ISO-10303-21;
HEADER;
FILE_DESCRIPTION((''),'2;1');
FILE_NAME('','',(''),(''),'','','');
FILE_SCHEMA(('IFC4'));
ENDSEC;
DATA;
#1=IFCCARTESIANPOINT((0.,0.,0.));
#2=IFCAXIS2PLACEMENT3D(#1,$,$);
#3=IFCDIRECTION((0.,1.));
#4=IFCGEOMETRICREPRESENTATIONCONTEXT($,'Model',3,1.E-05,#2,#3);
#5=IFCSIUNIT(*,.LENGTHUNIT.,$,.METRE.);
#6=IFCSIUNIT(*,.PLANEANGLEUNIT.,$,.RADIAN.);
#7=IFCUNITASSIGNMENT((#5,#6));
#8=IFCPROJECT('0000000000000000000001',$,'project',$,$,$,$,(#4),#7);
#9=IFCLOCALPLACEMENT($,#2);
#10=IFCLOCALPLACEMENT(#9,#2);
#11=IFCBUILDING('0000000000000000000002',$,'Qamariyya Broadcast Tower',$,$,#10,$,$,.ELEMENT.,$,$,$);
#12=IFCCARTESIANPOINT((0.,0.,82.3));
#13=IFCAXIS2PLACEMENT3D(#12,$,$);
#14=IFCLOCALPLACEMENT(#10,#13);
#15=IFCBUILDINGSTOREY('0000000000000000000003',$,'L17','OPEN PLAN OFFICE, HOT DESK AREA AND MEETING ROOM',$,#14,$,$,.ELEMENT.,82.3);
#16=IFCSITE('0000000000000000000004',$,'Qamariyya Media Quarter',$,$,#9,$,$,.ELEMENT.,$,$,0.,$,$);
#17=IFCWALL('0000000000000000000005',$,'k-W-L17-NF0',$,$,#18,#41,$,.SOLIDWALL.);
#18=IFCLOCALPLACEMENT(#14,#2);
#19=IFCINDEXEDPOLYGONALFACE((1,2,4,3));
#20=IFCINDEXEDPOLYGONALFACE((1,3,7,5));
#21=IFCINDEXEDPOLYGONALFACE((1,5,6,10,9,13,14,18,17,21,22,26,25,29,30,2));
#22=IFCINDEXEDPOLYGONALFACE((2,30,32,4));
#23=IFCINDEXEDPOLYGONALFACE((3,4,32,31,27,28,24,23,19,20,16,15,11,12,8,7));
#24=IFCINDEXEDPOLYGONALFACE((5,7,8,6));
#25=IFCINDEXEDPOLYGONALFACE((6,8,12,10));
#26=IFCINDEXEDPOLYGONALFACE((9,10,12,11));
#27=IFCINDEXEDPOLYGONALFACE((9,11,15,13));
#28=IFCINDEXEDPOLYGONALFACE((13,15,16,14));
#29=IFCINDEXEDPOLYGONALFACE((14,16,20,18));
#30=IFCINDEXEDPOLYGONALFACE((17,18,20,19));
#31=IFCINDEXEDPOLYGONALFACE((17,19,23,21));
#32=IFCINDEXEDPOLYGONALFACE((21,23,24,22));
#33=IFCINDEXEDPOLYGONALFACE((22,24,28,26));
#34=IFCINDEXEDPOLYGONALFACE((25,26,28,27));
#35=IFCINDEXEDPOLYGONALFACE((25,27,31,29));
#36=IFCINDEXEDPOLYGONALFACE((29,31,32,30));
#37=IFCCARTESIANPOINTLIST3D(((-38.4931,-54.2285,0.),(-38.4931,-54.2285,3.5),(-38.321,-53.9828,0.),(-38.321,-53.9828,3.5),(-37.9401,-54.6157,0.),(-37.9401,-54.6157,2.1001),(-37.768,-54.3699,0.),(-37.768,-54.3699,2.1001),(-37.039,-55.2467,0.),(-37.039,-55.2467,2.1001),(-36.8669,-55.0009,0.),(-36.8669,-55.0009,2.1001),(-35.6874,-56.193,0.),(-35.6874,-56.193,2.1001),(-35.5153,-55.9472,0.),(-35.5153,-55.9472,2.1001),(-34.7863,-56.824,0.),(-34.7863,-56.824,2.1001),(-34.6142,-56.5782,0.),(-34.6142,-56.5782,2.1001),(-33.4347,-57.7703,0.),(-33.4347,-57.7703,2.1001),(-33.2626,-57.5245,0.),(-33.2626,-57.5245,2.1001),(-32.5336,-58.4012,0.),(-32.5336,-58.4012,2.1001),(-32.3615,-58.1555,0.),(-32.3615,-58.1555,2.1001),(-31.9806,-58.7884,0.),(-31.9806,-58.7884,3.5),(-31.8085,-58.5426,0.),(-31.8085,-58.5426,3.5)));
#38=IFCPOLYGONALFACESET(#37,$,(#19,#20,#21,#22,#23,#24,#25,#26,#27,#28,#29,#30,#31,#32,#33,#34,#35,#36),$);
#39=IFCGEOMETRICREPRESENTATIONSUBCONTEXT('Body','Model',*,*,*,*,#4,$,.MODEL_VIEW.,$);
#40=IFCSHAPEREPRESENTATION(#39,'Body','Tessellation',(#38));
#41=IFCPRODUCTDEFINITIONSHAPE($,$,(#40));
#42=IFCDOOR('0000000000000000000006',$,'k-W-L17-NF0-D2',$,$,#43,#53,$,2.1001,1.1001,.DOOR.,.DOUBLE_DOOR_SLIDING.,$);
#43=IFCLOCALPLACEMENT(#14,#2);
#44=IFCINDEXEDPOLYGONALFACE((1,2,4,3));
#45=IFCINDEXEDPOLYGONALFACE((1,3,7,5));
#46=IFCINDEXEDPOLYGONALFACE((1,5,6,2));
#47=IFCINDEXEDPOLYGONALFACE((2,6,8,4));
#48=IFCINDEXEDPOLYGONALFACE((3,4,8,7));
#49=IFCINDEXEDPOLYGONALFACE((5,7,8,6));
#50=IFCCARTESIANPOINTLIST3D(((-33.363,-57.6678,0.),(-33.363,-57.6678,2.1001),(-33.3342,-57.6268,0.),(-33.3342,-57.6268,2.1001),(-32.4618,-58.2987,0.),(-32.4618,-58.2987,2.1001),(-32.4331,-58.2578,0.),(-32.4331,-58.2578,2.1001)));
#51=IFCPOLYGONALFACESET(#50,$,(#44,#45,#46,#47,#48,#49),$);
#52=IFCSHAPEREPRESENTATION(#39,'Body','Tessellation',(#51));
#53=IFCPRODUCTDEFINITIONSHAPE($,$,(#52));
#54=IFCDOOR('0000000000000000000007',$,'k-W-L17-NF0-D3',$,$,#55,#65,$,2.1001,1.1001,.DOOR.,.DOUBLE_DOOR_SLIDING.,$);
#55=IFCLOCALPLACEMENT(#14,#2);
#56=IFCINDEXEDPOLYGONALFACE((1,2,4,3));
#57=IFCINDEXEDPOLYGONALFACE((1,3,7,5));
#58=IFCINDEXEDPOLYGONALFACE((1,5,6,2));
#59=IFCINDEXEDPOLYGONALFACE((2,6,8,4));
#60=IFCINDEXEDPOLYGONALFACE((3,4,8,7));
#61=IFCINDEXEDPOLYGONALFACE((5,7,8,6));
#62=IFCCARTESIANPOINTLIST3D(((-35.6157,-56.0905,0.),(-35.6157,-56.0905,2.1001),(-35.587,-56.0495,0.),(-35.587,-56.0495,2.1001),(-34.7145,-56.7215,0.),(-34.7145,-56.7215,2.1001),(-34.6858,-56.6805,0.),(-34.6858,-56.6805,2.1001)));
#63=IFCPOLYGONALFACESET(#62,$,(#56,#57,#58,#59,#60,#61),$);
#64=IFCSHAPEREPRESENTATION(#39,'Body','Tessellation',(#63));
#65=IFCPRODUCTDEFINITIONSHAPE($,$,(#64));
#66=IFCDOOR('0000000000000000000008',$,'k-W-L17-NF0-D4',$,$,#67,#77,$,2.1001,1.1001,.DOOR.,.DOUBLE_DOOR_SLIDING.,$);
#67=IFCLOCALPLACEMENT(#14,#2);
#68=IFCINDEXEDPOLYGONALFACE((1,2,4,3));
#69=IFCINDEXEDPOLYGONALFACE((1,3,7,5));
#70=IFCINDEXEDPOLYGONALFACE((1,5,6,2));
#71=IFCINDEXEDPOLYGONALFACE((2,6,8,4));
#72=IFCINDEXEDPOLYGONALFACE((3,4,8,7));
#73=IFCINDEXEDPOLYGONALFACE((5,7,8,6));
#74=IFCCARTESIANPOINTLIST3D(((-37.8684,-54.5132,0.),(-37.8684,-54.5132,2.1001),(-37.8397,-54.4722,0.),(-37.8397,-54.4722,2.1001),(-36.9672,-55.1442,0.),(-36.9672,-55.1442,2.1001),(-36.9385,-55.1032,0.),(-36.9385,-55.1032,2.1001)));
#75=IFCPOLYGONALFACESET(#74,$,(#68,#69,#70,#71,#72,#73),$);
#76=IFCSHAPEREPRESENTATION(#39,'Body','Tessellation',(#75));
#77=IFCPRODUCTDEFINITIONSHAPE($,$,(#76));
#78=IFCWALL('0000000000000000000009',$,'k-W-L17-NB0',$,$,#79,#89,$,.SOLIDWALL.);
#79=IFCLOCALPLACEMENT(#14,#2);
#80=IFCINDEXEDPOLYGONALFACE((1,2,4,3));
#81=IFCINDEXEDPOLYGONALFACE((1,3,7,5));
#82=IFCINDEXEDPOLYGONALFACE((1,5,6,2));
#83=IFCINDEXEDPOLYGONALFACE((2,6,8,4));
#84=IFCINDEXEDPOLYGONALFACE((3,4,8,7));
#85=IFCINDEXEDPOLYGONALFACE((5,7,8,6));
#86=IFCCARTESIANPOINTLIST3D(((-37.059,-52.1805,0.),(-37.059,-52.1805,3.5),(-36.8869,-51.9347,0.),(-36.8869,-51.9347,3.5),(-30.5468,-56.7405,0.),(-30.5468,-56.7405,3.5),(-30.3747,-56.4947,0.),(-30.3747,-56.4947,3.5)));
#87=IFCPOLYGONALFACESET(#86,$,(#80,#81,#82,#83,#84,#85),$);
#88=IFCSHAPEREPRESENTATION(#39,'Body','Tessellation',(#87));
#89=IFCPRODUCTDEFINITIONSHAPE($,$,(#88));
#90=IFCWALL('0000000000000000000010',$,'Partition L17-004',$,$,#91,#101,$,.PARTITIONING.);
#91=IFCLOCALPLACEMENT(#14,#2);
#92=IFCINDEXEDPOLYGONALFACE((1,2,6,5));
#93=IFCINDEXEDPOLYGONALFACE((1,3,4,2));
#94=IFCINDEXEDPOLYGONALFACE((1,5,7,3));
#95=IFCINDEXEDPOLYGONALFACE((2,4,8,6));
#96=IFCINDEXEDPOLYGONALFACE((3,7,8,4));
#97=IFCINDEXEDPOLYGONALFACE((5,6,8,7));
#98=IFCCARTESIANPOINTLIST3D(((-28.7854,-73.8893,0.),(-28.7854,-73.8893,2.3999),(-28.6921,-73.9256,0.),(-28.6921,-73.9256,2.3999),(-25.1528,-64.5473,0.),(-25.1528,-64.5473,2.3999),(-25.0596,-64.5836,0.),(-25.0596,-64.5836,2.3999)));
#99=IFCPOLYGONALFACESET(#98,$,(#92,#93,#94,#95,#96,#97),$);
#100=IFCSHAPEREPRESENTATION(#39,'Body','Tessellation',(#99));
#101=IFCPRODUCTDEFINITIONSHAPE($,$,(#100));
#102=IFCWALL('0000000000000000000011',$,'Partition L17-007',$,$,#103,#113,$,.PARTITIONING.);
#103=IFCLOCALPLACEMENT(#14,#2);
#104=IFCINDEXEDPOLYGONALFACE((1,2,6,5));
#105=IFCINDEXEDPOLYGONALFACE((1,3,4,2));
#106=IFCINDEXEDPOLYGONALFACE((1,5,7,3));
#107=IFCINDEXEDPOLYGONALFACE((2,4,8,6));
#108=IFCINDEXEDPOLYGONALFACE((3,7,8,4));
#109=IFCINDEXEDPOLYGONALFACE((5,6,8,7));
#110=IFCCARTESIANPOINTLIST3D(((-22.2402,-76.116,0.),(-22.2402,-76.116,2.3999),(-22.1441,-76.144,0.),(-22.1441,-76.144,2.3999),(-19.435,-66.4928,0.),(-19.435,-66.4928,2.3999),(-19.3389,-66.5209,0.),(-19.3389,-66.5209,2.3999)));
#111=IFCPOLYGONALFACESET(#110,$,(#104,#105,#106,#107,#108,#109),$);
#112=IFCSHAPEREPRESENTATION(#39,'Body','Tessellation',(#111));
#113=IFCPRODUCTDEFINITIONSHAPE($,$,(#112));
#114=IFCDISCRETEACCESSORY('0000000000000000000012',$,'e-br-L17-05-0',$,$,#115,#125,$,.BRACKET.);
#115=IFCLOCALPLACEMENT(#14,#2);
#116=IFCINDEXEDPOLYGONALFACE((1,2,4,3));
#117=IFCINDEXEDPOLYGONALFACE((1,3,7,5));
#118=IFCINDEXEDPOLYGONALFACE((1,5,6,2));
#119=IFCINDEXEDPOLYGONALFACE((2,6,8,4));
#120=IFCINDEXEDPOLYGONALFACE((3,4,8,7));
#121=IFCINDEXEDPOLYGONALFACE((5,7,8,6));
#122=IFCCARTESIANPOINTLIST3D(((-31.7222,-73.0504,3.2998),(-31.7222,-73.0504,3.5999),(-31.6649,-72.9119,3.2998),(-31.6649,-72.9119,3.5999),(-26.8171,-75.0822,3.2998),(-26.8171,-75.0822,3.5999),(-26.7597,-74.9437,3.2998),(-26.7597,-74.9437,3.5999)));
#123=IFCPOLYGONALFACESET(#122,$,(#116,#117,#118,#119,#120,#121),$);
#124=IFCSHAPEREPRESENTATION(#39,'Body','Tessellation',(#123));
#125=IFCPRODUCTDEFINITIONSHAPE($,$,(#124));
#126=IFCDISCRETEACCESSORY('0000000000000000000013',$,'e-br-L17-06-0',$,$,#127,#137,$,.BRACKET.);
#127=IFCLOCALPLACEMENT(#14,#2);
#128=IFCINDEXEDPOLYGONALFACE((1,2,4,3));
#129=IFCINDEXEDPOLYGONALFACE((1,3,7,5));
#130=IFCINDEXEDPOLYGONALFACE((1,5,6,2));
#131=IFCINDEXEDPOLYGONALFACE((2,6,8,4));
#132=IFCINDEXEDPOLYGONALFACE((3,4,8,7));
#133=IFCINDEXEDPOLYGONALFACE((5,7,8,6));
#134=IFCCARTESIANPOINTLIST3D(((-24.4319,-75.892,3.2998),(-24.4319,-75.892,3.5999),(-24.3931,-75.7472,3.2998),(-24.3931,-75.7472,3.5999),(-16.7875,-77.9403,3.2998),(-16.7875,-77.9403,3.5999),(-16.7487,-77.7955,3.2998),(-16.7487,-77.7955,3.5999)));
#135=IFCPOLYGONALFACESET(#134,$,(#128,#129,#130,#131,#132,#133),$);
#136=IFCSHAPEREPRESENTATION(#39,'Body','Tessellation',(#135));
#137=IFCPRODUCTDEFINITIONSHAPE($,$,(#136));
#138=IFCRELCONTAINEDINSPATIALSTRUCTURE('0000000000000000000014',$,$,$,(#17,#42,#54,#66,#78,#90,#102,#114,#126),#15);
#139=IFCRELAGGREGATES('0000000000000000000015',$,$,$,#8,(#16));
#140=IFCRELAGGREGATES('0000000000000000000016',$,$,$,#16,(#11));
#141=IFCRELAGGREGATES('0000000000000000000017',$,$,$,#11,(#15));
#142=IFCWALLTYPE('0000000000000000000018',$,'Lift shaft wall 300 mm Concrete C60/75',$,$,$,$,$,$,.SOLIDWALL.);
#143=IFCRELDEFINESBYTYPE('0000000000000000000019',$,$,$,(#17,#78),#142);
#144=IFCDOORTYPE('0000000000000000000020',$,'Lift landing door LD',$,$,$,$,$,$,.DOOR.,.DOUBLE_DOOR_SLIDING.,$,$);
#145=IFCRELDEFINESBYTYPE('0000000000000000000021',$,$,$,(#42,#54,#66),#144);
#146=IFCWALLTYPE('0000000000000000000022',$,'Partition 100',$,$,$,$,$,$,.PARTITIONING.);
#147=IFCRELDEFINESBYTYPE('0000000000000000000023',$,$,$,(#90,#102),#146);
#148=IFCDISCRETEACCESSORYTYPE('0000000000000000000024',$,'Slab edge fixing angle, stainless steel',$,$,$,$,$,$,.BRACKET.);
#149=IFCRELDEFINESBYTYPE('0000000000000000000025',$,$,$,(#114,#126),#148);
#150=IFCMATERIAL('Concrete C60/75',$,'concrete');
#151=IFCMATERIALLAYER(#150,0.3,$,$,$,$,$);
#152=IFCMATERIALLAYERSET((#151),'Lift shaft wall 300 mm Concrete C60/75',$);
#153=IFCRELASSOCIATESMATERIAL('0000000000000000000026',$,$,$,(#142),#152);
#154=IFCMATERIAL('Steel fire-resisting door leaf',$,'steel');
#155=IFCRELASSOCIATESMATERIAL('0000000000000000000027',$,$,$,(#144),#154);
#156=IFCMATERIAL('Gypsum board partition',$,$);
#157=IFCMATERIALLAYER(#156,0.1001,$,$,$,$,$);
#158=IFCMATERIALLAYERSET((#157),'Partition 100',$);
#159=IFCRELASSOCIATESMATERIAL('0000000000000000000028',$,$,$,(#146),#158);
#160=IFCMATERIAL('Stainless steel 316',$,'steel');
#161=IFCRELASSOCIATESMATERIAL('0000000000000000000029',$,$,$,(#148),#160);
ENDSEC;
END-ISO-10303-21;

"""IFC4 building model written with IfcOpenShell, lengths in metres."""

from ifc_helpers import new_model, si_unit, direction, frame, frame_2d, origin, origin_2d, place, context, subcontext, project, spatial, rectangle, extrude, material, layer, layer_set, type_object, element, fill, save


model = new_model("IFC4")

# Units and contexts
model_context = context("Model", 3, precision=1e-05, world=origin(), true_north=direction((0.0, 1.0)))
body_context = subcontext(model_context, "Body", "Model", "MODEL_VIEW")
ifc_project = project(units=[si_unit("LENGTHUNIT", "METRE"), si_unit("PLANEANGLEUNIT", "RADIAN")], contexts=[model_context])

# Site, building, storey
site_placement = place(None, origin())
site = spatial("IfcSite", under=ifc_project, at=site_placement, Name="Qamariyya Media Quarter", CompositionType="ELEMENT", RefElevation=0.0)
building_placement = place(site_placement, origin())
building = spatial("IfcBuilding", under=site, at=building_placement, Name="Qamariyya Broadcast Tower", CompositionType="ELEMENT")
storey_placement = place(building_placement, frame((0.0, 0.0, 82.3)))
storey = spatial("IfcBuildingStorey", under=building, at=storey_placement, Name="L17", Description="OPEN PLAN OFFICE, HOT DESK AREA AND MEETING ROOM", CompositionType="ELEMENT", Elevation=82.3)

# Shared definitions
ifc_material_1 = material(Name="Gypsum board partition")

# Wall, openings, doors
ifc_material_2 = material(Name="Concrete C60/75", Category="concrete")
ifc_layer_1 = layer(ifc_material_2, 0.3)
ifc_layer_set_1 = layer_set([ifc_layer_1], Name="Lift shaft wall 300 mm Concrete C60/75")
wall_type_1 = type_object("IfcWallType", Name="Lift shaft wall 300 mm Concrete C60/75", PredefinedType="SOLIDWALL", material=ifc_layer_set_1)
wall_1_placement = place(storey_placement, frame((-31.8945, -58.6655, 0.0), z_axis=(0.0, 0.0, 1.0), x_axis=(-0.819167, 0.573555, 0.0)))
wall_1 = element("IfcWall", 1, at=wall_1_placement, inside=storey, type_object=wall_type_1, Name="k-W-L17-NF0", PredefinedType="SOLIDWALL", context=body_context, shape_type="SweptSolid", body=[
    extrude(rectangle(XDim=7.9502, YDim=0.3, at=frame_2d((3.9751, 0.0))), origin(), (0.0, 0.0, 1.0), 3.5),
])
opening_1_placement = place(wall_1_placement, frame((0.675, 0.0, 0.0)))
opening_1 = element("IfcOpeningElement", 2, at=opening_1_placement, cuts=wall_1, PredefinedType="OPENING", context=body_context, shape_type="SweptSolid", body=[
    extrude(rectangle(XDim=1.1001, YDim=2.1001, at=frame_2d((0.55, 1.05))), frame((0.0, 0.1599, 0.0), z_axis=(0.0, -1.0, 0.0), x_axis=(1.0, 0.0, 0.0)), (0.0, 0.0, 1.0), 0.3201),
])
opening_2_placement = place(wall_1_placement, frame((3.425, 0.0, 0.0)))
opening_2 = element("IfcOpeningElement", 3, at=opening_2_placement, cuts=wall_1, PredefinedType="OPENING", context=body_context, shape_type="SweptSolid", body=[
    extrude(rectangle(XDim=1.1001, YDim=2.1001, at=frame_2d((0.55, 1.05))), frame((0.0, 0.1599, 0.0), z_axis=(0.0, -1.0, 0.0), x_axis=(1.0, 0.0, 0.0)), (0.0, 0.0, 1.0), 0.3201),
])
opening_3_placement = place(wall_1_placement, frame((6.175, 0.0, 0.0)))
opening_3 = element("IfcOpeningElement", 4, at=opening_3_placement, cuts=wall_1, PredefinedType="OPENING", context=body_context, shape_type="SweptSolid", body=[
    extrude(rectangle(XDim=1.1001, YDim=2.1001, at=frame_2d((0.55, 1.05))), frame((0.0, 0.1599, 0.0), z_axis=(0.0, -1.0, 0.0), x_axis=(1.0, 0.0, 0.0)), (0.0, 0.0, 1.0), 0.3201),
])
ifc_material_3 = material(Name="Steel fire-resisting door leaf", Category="steel")
door_type_1 = type_object("IfcDoorType", Name="Lift landing door LD", OperationType="DOUBLE_DOOR_SLIDING", PredefinedType="DOOR", material=ifc_material_3)
door_1_placement = place(opening_1_placement, origin())
door_1 = element("IfcDoor", 5, at=door_1_placement, inside=storey, type_object=door_type_1, Name="k-W-L17-NF0-D2", OperationType="DOUBLE_DOOR_SLIDING", OverallHeight=2.1001, OverallWidth=1.1001, PredefinedType="DOOR", context=body_context, shape_type="SweptSolid", body=[
    extrude(rectangle(XDim=1.1001, YDim=2.1001, at=frame_2d((0.55, 1.05))), frame((0.0, 0.0249, 0.0), z_axis=(0.0, -1.0, 0.0), x_axis=(1.0, 0.0, 0.0)), (0.0, 0.0, 1.0), 0.05),
])
fill(opening_1, door_1)
door_2_placement = place(opening_2_placement, origin())
door_2 = element("IfcDoor", 6, at=door_2_placement, inside=storey, type_object=door_type_1, Name="k-W-L17-NF0-D3", OperationType="DOUBLE_DOOR_SLIDING", OverallHeight=2.1001, OverallWidth=1.1001, PredefinedType="DOOR", context=body_context, shape_type="SweptSolid", body=[
    extrude(rectangle(XDim=1.1001, YDim=2.1001, at=frame_2d((0.55, 1.05))), frame((0.0, 0.0249, 0.0), z_axis=(0.0, -1.0, 0.0), x_axis=(1.0, 0.0, 0.0)), (0.0, 0.0, 1.0), 0.05),
])
fill(opening_2, door_2)
door_3_placement = place(opening_3_placement, origin())
door_3 = element("IfcDoor", 7, at=door_3_placement, inside=storey, type_object=door_type_1, Name="k-W-L17-NF0-D4", OperationType="DOUBLE_DOOR_SLIDING", OverallHeight=2.1001, OverallWidth=1.1001, PredefinedType="DOOR", context=body_context, shape_type="SweptSolid", body=[
    extrude(rectangle(XDim=1.1001, YDim=2.1001, at=frame_2d((0.55, 1.05))), frame((0.0, 0.0249, 0.0), z_axis=(0.0, -1.0, 0.0), x_axis=(1.0, 0.0, 0.0)), (0.0, 0.0, 1.0), 0.05),
])
fill(opening_3, door_3)

# Walls
wall_2_placement = place(storey_placement, frame((-30.4607, -56.6177, 0.0), z_axis=(0.0, 0.0, 1.0), x_axis=(-0.819142, 0.57359, 0.0)))
element("IfcWall", 8, at=wall_2_placement, inside=storey, type_object=wall_type_1, Name="k-W-L17-NB0", PredefinedType="SOLIDWALL", context=body_context, shape_type="SweptSolid", body=[
    extrude(rectangle(XDim=7.95, YDim=0.3, at=frame_2d((3.9751, 0.0))), origin(), (0.0, 0.0, 1.0), 3.5),
])
ifc_layer_2 = layer(ifc_material_1, 0.1001)
ifc_layer_set_2 = layer_set([ifc_layer_2], Name="Partition 100")
wall_type_2 = type_object("IfcWallType", Name="Partition 100", PredefinedType="PARTITIONING", material=ifc_layer_set_2)
wall_3_placement = place(storey_placement, frame((-28.7388, -73.9075, 0.0), z_axis=(0.0, 0.0, 1.0), x_axis=(0.362407, 0.93202, 0.0)))
element("IfcWall", 9, at=wall_3_placement, inside=storey, type_object=wall_type_2, Name="Partition L17-004", PredefinedType="PARTITIONING", context=body_context, shape_type="SweptSolid", body=[
    extrude(rectangle(XDim=10.0234, YDim=0.1001, at=frame_2d((5.0117, 0.0))), origin(), (0.0, 0.0, 1.0), 2.3999),
])
wall_4_placement = place(storey_placement, frame((-22.1921, -76.1299, 0.0), z_axis=(0.0, 0.0, 1.0), x_axis=(0.279858, 0.960041, 0.0)))
element("IfcWall", 10, at=wall_4_placement, inside=storey, type_object=wall_type_2, Name="Partition L17-007", PredefinedType="PARTITIONING", context=body_context, shape_type="SweptSolid", body=[
    extrude(rectangle(XDim=10.0237, YDim=0.1001, at=frame_2d((5.0117, 0.0))), origin(), (0.0, 0.0, 1.0), 2.3999),
])

# Discrete accessories
ifc_material_4 = material(Name="Stainless steel 316", Category="steel")
discrete_accessory_type = type_object("IfcDiscreteAccessoryType", Name="Slab edge fixing angle, stainless steel", PredefinedType="BRACKET", material=ifc_material_4)
discrete_accessory_1_placement = place(storey_placement, frame((-29.241, -73.9971, 3.2998), z_axis=(0.0, 0.0, 1.0), x_axis=(0.92388, -0.382683, 0.0)))
element("IfcDiscreteAccessory", 11, at=discrete_accessory_1_placement, inside=storey, type_object=discrete_accessory_type, Name="e-br-L17-05-0", PredefinedType="BRACKET", context=body_context, shape_type="SweptSolid", body=[
    extrude(rectangle(XDim=5.3093, YDim=0.1499, at=origin_2d()), origin(), (0.0, 0.0, 1.0), 0.3),
])
discrete_accessory_2_placement = place(storey_placement, frame((-20.5903, -76.8438, 3.2998), z_axis=(0.0, 0.0, 1.0), x_axis=(0.965926, -0.258819, 0.0)))
element("IfcDiscreteAccessory", 12, at=discrete_accessory_2_placement, inside=storey, type_object=discrete_accessory_type, Name="e-br-L17-06-0", PredefinedType="BRACKET", context=body_context, shape_type="SweptSolid", body=[
    extrude(rectangle(XDim=7.9141, YDim=0.1499, at=origin_2d()), origin(), (0.0, 0.0, 1.0), 0.3),
])

save(model, "model.ifc")
